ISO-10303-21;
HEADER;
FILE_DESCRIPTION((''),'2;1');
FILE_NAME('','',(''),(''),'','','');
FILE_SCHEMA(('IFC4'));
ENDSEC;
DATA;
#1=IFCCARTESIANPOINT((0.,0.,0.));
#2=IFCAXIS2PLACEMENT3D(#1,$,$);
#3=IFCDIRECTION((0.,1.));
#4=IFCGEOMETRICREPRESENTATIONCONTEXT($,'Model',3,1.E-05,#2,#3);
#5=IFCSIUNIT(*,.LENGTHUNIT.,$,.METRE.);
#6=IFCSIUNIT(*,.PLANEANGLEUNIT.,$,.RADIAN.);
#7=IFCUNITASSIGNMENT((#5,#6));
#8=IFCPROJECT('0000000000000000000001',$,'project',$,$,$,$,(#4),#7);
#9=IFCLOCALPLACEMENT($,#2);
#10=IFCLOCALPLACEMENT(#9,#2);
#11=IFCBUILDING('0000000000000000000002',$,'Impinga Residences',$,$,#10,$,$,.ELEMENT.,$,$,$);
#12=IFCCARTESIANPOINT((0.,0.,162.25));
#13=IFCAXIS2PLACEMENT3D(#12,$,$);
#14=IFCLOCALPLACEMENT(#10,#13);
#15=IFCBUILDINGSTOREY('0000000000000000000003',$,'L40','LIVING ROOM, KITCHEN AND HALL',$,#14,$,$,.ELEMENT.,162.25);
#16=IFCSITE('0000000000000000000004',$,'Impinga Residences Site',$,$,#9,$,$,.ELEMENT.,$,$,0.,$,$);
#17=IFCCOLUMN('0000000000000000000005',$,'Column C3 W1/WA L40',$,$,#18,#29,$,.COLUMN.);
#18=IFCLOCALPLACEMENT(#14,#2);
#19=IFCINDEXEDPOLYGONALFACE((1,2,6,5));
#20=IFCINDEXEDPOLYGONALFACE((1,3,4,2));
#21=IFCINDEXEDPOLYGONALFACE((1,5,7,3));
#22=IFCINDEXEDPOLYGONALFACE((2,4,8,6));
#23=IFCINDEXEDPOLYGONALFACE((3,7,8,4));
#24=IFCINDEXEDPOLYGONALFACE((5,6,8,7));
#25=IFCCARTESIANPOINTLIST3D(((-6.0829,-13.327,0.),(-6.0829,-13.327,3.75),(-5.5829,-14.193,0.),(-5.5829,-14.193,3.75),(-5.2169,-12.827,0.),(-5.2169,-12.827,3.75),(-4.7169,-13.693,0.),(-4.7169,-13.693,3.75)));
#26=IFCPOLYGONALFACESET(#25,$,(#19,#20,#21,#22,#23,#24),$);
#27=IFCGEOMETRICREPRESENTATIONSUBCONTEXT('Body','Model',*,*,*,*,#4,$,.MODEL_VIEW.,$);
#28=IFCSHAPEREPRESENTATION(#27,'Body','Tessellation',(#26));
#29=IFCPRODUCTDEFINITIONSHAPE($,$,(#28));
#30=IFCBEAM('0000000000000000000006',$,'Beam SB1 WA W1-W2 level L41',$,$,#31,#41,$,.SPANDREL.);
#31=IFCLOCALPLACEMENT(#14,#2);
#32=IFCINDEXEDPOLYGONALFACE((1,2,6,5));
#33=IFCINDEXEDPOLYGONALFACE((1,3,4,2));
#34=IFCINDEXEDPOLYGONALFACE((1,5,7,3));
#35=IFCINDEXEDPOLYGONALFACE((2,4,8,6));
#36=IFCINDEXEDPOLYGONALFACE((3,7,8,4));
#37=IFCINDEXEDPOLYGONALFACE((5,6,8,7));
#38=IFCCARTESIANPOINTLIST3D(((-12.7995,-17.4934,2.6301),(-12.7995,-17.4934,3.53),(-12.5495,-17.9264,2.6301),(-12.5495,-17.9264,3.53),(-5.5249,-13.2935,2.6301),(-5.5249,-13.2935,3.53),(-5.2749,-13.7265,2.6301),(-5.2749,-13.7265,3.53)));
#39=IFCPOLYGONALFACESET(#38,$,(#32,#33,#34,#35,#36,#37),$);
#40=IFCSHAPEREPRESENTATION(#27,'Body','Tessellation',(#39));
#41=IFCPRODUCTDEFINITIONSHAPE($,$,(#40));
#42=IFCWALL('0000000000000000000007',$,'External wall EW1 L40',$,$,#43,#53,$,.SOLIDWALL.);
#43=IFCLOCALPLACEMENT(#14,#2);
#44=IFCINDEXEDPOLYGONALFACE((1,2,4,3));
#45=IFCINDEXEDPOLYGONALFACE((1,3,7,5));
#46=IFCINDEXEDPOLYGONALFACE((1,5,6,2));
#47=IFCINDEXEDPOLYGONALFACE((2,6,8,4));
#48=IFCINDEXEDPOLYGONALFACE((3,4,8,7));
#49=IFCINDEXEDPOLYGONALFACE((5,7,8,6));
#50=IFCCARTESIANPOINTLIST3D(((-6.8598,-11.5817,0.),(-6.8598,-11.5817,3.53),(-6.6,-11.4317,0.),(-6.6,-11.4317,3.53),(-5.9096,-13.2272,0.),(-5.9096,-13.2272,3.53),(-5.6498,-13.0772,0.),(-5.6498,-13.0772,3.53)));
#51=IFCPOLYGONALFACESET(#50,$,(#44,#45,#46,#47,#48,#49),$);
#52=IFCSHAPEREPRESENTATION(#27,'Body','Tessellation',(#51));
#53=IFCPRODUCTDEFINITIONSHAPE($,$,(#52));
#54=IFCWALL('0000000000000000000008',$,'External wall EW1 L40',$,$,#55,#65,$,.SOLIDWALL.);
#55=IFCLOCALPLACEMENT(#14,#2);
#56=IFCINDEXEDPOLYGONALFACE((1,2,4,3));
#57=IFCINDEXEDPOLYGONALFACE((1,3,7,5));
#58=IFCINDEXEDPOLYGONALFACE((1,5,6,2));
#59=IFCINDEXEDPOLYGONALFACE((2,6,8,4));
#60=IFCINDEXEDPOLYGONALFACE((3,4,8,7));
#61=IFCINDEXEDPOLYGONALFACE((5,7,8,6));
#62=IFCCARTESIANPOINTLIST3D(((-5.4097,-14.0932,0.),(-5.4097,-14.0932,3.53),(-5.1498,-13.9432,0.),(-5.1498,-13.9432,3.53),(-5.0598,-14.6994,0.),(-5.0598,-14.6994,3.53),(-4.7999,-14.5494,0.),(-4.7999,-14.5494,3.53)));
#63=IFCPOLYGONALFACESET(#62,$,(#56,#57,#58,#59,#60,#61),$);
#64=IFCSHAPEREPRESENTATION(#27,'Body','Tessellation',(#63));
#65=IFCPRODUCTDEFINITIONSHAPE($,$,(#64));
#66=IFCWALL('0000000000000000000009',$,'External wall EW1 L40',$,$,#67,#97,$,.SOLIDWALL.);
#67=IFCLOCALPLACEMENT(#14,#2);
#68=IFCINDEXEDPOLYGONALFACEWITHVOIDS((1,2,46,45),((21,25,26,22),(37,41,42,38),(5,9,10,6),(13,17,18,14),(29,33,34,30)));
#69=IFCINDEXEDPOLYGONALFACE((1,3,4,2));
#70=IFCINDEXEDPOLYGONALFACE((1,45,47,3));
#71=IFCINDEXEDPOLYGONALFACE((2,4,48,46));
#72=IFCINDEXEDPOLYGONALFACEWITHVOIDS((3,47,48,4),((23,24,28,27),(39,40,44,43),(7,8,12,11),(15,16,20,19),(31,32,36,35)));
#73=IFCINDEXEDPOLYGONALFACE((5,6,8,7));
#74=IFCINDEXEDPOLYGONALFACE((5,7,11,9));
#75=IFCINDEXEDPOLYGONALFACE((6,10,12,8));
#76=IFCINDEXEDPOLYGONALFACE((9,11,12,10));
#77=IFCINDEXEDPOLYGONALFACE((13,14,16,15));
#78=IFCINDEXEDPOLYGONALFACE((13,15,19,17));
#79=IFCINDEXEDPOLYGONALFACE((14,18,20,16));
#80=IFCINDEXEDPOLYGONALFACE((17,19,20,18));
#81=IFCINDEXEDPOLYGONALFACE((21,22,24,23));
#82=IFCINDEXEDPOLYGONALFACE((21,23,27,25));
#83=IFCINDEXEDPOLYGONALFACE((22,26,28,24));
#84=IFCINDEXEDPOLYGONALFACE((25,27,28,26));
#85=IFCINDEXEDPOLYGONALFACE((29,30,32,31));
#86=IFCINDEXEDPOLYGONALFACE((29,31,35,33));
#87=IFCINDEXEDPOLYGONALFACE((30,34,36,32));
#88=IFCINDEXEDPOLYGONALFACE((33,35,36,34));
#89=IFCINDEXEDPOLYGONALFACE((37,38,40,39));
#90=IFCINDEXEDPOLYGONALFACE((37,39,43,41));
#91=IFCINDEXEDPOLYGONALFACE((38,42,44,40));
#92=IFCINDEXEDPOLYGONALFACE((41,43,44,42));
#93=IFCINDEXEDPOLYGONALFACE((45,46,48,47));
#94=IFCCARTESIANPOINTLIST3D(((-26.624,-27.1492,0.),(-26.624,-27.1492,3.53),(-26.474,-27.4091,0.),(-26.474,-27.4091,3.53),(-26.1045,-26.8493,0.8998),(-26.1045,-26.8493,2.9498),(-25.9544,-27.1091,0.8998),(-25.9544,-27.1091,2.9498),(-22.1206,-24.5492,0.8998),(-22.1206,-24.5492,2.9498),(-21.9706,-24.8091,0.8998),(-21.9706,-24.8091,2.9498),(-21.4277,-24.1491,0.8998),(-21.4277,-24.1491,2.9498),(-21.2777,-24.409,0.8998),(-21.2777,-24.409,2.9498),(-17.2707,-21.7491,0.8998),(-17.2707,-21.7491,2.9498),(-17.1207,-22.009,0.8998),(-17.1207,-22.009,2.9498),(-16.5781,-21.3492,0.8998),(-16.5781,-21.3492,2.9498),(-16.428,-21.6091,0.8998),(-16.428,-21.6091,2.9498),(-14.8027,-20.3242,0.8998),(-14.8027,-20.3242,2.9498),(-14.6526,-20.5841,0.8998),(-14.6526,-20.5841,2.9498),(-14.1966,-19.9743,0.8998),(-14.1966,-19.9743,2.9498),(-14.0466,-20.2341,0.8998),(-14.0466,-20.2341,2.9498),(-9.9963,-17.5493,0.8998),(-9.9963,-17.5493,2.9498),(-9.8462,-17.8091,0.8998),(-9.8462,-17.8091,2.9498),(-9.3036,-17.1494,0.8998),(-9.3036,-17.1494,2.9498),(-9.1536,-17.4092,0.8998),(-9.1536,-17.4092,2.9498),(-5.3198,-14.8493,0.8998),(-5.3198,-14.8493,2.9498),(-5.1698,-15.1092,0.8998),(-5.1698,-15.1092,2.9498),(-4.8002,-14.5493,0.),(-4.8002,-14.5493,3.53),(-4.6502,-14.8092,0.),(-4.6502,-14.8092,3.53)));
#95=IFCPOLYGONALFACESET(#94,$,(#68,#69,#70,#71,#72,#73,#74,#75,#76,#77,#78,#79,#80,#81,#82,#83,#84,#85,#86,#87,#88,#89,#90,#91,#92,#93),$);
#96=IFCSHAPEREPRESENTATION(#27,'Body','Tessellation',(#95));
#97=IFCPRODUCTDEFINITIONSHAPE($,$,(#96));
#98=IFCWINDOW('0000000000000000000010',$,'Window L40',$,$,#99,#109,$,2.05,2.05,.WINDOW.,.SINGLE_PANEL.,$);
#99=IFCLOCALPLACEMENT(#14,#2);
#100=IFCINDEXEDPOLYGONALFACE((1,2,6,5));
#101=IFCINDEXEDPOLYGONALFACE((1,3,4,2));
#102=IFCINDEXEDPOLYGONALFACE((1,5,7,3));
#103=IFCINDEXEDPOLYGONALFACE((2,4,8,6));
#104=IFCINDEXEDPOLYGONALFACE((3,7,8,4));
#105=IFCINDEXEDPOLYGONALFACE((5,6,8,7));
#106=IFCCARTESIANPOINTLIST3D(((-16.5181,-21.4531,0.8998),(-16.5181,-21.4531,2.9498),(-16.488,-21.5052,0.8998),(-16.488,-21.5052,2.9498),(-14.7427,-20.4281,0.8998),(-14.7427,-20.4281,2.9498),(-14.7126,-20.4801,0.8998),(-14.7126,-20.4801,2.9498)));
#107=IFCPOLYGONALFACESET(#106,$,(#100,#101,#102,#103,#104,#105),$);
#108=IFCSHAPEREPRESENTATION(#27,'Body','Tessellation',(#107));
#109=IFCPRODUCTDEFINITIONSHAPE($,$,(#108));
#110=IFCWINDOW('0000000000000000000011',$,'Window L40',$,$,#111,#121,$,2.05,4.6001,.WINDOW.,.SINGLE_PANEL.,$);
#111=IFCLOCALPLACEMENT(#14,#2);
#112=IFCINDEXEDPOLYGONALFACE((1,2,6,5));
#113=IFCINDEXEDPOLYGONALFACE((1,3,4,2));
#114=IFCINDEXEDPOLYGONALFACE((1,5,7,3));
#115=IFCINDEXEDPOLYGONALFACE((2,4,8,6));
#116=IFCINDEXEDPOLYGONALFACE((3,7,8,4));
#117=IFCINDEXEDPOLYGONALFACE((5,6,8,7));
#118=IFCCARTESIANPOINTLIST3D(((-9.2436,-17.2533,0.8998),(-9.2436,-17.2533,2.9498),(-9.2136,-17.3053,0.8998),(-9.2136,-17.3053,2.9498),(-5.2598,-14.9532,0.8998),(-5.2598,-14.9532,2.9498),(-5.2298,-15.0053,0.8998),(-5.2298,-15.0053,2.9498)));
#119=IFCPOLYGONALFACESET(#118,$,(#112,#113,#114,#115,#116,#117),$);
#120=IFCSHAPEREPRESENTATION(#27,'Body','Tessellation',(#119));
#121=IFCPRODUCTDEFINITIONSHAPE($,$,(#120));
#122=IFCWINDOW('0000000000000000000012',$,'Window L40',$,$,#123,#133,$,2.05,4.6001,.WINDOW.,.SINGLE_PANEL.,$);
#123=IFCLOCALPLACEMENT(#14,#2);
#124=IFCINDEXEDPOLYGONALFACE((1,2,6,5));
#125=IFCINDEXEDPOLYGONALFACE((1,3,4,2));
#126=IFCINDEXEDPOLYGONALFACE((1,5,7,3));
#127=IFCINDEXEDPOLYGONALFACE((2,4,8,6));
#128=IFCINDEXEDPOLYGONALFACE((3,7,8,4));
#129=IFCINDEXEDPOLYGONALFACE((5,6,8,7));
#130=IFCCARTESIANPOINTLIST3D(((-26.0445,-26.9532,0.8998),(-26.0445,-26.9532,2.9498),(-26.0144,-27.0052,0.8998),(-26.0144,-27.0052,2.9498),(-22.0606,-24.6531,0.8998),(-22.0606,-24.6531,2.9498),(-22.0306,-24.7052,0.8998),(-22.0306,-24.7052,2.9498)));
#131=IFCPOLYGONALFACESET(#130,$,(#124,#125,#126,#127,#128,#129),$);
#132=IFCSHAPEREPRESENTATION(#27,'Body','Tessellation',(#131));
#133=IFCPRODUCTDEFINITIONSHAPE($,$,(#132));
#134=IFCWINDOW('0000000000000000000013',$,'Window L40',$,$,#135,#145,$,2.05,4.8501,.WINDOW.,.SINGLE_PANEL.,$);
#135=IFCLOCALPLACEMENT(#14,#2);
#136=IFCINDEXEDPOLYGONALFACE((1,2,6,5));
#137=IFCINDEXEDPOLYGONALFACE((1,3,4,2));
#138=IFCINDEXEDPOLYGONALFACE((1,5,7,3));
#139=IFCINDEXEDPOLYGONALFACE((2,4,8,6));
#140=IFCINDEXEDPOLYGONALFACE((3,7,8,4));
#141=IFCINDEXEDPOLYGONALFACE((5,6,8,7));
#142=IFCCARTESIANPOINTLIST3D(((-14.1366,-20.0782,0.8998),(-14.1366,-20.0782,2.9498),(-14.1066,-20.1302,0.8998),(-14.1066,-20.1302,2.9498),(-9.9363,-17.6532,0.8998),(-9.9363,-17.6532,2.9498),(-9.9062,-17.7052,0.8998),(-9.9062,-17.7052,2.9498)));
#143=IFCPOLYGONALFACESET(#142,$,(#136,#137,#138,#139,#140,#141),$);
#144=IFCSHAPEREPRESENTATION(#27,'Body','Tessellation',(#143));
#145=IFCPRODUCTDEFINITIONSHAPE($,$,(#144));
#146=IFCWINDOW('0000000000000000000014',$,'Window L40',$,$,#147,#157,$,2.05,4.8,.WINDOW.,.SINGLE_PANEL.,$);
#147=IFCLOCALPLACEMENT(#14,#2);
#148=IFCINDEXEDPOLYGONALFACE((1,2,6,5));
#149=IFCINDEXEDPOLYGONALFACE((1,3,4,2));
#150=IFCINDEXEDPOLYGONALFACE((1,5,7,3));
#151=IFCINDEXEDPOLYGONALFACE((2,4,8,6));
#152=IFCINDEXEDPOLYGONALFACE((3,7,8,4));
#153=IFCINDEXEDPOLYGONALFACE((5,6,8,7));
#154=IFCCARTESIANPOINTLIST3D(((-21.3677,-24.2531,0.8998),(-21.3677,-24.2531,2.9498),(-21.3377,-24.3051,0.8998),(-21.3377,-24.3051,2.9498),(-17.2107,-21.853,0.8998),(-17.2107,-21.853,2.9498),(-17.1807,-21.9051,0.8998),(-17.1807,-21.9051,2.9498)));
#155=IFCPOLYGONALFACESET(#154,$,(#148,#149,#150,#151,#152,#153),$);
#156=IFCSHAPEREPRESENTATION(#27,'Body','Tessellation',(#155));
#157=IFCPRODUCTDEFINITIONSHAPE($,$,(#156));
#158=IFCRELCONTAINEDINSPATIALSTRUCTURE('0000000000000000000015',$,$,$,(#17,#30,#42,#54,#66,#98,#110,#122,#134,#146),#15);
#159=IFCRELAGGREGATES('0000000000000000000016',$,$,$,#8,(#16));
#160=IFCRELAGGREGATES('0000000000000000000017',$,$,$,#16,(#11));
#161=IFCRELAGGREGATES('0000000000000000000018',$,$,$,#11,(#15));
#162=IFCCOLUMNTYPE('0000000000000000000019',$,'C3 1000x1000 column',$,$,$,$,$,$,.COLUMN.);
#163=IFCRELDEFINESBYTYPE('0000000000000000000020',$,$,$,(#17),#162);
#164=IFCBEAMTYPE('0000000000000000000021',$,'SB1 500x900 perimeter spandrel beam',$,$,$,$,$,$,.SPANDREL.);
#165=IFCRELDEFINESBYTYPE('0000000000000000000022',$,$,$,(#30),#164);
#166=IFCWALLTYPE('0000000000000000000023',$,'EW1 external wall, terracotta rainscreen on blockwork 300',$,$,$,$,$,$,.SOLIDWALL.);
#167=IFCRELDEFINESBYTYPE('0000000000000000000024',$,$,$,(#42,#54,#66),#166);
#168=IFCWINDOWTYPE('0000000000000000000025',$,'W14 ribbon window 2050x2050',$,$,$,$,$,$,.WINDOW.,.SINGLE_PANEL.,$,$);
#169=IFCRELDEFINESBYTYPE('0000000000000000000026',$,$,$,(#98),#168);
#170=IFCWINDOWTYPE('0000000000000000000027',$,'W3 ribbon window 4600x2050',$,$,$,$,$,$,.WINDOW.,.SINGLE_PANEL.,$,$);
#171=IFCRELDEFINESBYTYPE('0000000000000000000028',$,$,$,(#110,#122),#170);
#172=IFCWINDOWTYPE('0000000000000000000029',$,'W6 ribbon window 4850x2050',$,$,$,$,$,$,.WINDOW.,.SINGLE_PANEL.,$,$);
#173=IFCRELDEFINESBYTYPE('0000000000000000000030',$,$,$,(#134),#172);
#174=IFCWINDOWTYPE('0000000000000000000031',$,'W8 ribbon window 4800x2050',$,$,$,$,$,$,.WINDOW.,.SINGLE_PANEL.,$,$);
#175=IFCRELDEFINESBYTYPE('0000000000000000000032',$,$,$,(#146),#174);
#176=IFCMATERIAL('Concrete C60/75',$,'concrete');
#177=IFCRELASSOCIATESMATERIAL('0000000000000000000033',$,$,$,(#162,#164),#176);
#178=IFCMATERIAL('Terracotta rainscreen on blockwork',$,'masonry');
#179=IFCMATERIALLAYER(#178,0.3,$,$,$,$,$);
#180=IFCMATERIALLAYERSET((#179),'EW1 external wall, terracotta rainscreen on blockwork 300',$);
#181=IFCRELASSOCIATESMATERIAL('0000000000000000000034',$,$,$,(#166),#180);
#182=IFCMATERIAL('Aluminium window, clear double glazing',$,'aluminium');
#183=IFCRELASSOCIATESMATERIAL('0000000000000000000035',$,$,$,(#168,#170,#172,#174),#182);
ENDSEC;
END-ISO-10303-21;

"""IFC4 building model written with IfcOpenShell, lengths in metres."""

from ifc_helpers import new_model, si_unit, direction, frame, frame_2d, origin, origin_2d, place, context, subcontext, project, spatial, rectangle, extrude, material, layer, layer_set, material_profile, profile_set, type_object, element, fill, save


model = new_model("IFC4")

# Units and contexts
model_context = context("Model", 3, precision=1e-05, world=origin(), true_north=direction((0.0, 1.0)))
body_context = subcontext(model_context, "Body", "Model", "MODEL_VIEW")
ifc_project = project(units=[si_unit("LENGTHUNIT", "METRE"), si_unit("PLANEANGLEUNIT", "RADIAN")], contexts=[model_context])

# Site, building, storey
site_placement = place(None, origin())
site = spatial("IfcSite", under=ifc_project, at=site_placement, Name="Impinga Residences Site", CompositionType="ELEMENT", RefElevation=0.0)
building_placement = place(site_placement, origin())
building = spatial("IfcBuilding", under=site, at=building_placement, Name="Impinga Residences", CompositionType="ELEMENT")
storey_placement = place(building_placement, frame((0.0, 0.0, 162.25)))
storey = spatial("IfcBuildingStorey", under=building, at=storey_placement, Name="L40", Description="LIVING ROOM, KITCHEN AND HALL", CompositionType="ELEMENT", Elevation=162.25)

# Column
ifc_material_1 = material(Name="Concrete C60/75", Category="concrete")
ifc_material_profile_1 = material_profile(ifc_material_1, rectangle(XDim=1.0, YDim=1.0, at=origin_2d()), Name="RC 1000x1000")
ifc_profile_set_1 = profile_set([ifc_material_profile_1], Name="Concrete C60/75")
column_type = type_object("IfcColumnType", Name="C3 1000x1000 column", PredefinedType="COLUMN", material=ifc_profile_set_1)
column_placement = place(storey_placement, frame((-5.3999, -13.51, 0.0), z_axis=(0.0, 0.0, 1.0), x_axis=(-0.5, 0.866025, 0.0)))
element("IfcColumn", 1, at=column_placement, inside=storey, type_object=column_type, Name="Column C3 W1/WA L40", PredefinedType="COLUMN", context=body_context, shape_type="SweptSolid", body=[
    extrude(rectangle(XDim=1.0, YDim=1.0, at=origin_2d()), origin(), (0.0, 0.0, 1.0), 3.75),
])

# Beam
ifc_material_profile_2 = material_profile(ifc_material_1, rectangle(XDim=0.5, YDim=0.8999, at=origin_2d()), Name="RC 500x900")
ifc_profile_set_2 = profile_set([ifc_material_profile_2], Name="Concrete C60/75")
beam_type = type_object("IfcBeamType", Name="SB1 500x900 perimeter spandrel beam", PredefinedType="SPANDREL", material=ifc_profile_set_2)
beam_placement = place(storey_placement, frame((-5.3999, -13.51, 3.0801), z_axis=(-0.866029, -0.499993, 0.0), x_axis=(0.499993, -0.866029, 0.0)))
element("IfcBeam", 2, at=beam_placement, inside=storey, type_object=beam_type, Name="Beam SB1 WA W1-W2 level L41", PredefinedType="SPANDREL", context=body_context, shape_type="SweptSolid", body=[
    extrude(rectangle(XDim=0.5, YDim=0.8999, at=origin_2d()), origin(), (0.0, 0.0, 1.0), 8.3999),
])

# Walls
ifc_material_2 = material(Name="Terracotta rainscreen on blockwork", Category="masonry")
ifc_layer_1 = layer(ifc_material_2, 0.3)
ifc_layer_set_1 = layer_set([ifc_layer_1], Name="EW1 external wall, terracotta rainscreen on blockwork 300")
wall_type_1 = type_object("IfcWallType", Name="EW1 external wall, terracotta rainscreen on blockwork 300", PredefinedType="SOLIDWALL", material=ifc_layer_set_1)
wall_1_placement = place(storey_placement, frame((-6.73, -11.5066, 0.0), z_axis=(0.0, 0.0, 1.0), x_axis=(0.500064, -0.865989, 0.0)))
element("IfcWall", 3, at=wall_1_placement, inside=storey, type_object=wall_type_1, Name="External wall EW1 L40", PredefinedType="SOLIDWALL", context=body_context, shape_type="SweptSolid", body=[
    extrude(rectangle(XDim=1.9001, YDim=0.3, at=frame_2d((0.9502, 0.0))), origin(), (0.0, 0.0, 1.0), 3.53),
])
wall_2_placement = place(storey_placement, frame((-5.2798, -14.0181, 0.0), z_axis=(0.0, 0.0, 1.0), x_axis=(0.499853, -0.86611, 0.0)))
element("IfcWall", 4, at=wall_2_placement, inside=storey, type_object=wall_type_1, Name="External wall EW1 L40", PredefinedType="SOLIDWALL", context=body_context, shape_type="SweptSolid", body=[
    extrude(rectangle(XDim=0.7, YDim=0.3, at=frame_2d((0.3501, 0.0))), origin(), (0.0, 0.0, 1.0), 3.53),
])

# Wall, openings, windows
wall_3_placement = place(storey_placement, frame((-4.7251, -14.6792, 0.0), z_axis=(0.0, 0.0, 1.0), x_axis=(-0.866027, -0.499998, 0.0)))
wall_3 = element("IfcWall", 5, at=wall_3_placement, inside=storey, type_object=wall_type_1, Name="External wall EW1 L40", PredefinedType="SOLIDWALL", context=body_context, shape_type="SweptSolid", body=[
    extrude(rectangle(XDim=25.2, YDim=0.3, at=frame_2d((12.6001, 0.0))), origin(), (0.0, 0.0, 1.0), 3.53),
])
opening_1_placement = place(wall_3_placement, frame((0.6001, 0.0, 0.8999)))
opening_1 = element("IfcOpeningElement", 6, at=opening_1_placement, cuts=wall_3, PredefinedType="OPENING", context=body_context, shape_type="SweptSolid", body=[
    extrude(rectangle(XDim=4.6001, YDim=2.05, at=frame_2d((2.3, 1.0249))), frame((0.0, 0.1599, 0.0), z_axis=(0.0, -1.0, 0.0), x_axis=(1.0, 0.0, 0.0)), (0.0, 0.0, 1.0), 0.3201),
])
opening_2_placement = place(wall_3_placement, frame((6.0, 0.0, 0.8999)))
opening_2 = element("IfcOpeningElement", 7, at=opening_2_placement, cuts=wall_3, PredefinedType="OPENING", context=body_context, shape_type="SweptSolid", body=[
    extrude(rectangle(XDim=4.8501, YDim=2.05, at=frame_2d((2.425, 1.0249))), frame((0.0, 0.1599, 0.0), z_axis=(0.0, -1.0, 0.0), x_axis=(1.0, 0.0, 0.0)), (0.0, 0.0, 1.0), 0.3201),
])
opening_3_placement = place(wall_3_placement, frame((11.55, 0.0, 0.8999)))
opening_3 = element("IfcOpeningElement", 8, at=opening_3_placement, cuts=wall_3, PredefinedType="OPENING", context=body_context, shape_type="SweptSolid", body=[
    extrude(rectangle(XDim=2.05, YDim=2.05, at=frame_2d((1.0249, 1.0249))), frame((0.0, 0.1599, 0.0), z_axis=(0.0, -1.0, 0.0), x_axis=(1.0, 0.0, 0.0)), (0.0, 0.0, 1.0), 0.3201),
])
opening_4_placement = place(wall_3_placement, frame((14.3999, 0.0, 0.8999)))
opening_4 = element("IfcOpeningElement", 9, at=opening_4_placement, cuts=wall_3, PredefinedType="OPENING", context=body_context, shape_type="SweptSolid", body=[
    extrude(rectangle(XDim=4.8, YDim=2.05, at=frame_2d((2.3999, 1.0249))), frame((0.0, 0.1599, 0.0), z_axis=(0.0, -1.0, 0.0), x_axis=(1.0, 0.0, 0.0)), (0.0, 0.0, 1.0), 0.3201),
])
opening_5_placement = place(wall_3_placement, frame((20.0, 0.0, 0.8999)))
opening_5 = element("IfcOpeningElement", 10, at=opening_5_placement, cuts=wall_3, PredefinedType="OPENING", context=body_context, shape_type="SweptSolid", body=[
    extrude(rectangle(XDim=4.6001, YDim=2.05, at=frame_2d((2.3, 1.0249))), frame((0.0, 0.1599, 0.0), z_axis=(0.0, -1.0, 0.0), x_axis=(1.0, 0.0, 0.0)), (0.0, 0.0, 1.0), 0.3201),
])
ifc_material_3 = material(Name="Aluminium window, clear double glazing", Category="aluminium")
window_type_1 = type_object("IfcWindowType", Name="W14 ribbon window 2050x2050", PartitioningType="SINGLE_PANEL", PredefinedType="WINDOW", material=ifc_material_3)
window_1_placement = place(opening_3_placement, origin())
window_1 = element("IfcWindow", 11, at=window_1_placement, inside=storey, type_object=window_type_1, Name="Window L40", OverallHeight=2.05, OverallWidth=2.05, PartitioningType="SINGLE_PANEL", PredefinedType="WINDOW", context=body_context, shape_type="SweptSolid", body=[
    extrude(rectangle(XDim=2.05, YDim=2.05, at=frame_2d((1.0249, 1.0249))), frame((0.0, 0.03, 0.0), z_axis=(0.0, -1.0, 0.0), x_axis=(1.0, 0.0, 0.0)), (0.0, 0.0, 1.0), 0.0601),
])
fill(opening_3, window_1)
window_type_2 = type_object("IfcWindowType", Name="W3 ribbon window 4600x2050", PartitioningType="SINGLE_PANEL", PredefinedType="WINDOW", material=ifc_material_3)
window_2_placement = place(opening_1_placement, origin())
window_2 = element("IfcWindow", 12, at=window_2_placement, inside=storey, type_object=window_type_2, Name="Window L40", OverallHeight=2.05, OverallWidth=4.6001, PartitioningType="SINGLE_PANEL", PredefinedType="WINDOW", context=body_context, shape_type="SweptSolid", body=[
    extrude(rectangle(XDim=4.6001, YDim=2.05, at=frame_2d((2.3, 1.0249))), frame((0.0, 0.03, 0.0), z_axis=(0.0, -1.0, 0.0), x_axis=(1.0, 0.0, 0.0)), (0.0, 0.0, 1.0), 0.0601),
])
fill(opening_1, window_2)
window_3_placement = place(opening_5_placement, origin())
window_3 = element("IfcWindow", 13, at=window_3_placement, inside=storey, type_object=window_type_2, Name="Window L40", OverallHeight=2.05, OverallWidth=4.6001, PartitioningType="SINGLE_PANEL", PredefinedType="WINDOW", context=body_context, shape_type="SweptSolid", body=[
    extrude(rectangle(XDim=4.6001, YDim=2.05, at=frame_2d((2.3, 1.0249))), frame((0.0, 0.03, 0.0), z_axis=(0.0, -1.0, 0.0), x_axis=(1.0, 0.0, 0.0)), (0.0, 0.0, 1.0), 0.0601),
])
fill(opening_5, window_3)
window_type_3 = type_object("IfcWindowType", Name="W6 ribbon window 4850x2050", PartitioningType="SINGLE_PANEL", PredefinedType="WINDOW", material=ifc_material_3)
window_4_placement = place(opening_2_placement, origin())
window_4 = element("IfcWindow", 14, at=window_4_placement, inside=storey, type_object=window_type_3, Name="Window L40", OverallHeight=2.05, OverallWidth=4.8501, PartitioningType="SINGLE_PANEL", PredefinedType="WINDOW", context=body_context, shape_type="SweptSolid", body=[
    extrude(rectangle(XDim=4.8501, YDim=2.05, at=frame_2d((2.425, 1.0249))), frame((0.0, 0.03, 0.0), z_axis=(0.0, -1.0, 0.0), x_axis=(1.0, 0.0, 0.0)), (0.0, 0.0, 1.0), 0.0601),
])
fill(opening_2, window_4)
window_type_4 = type_object("IfcWindowType", Name="W8 ribbon window 4800x2050", PartitioningType="SINGLE_PANEL", PredefinedType="WINDOW", material=ifc_material_3)
window_5_placement = place(opening_4_placement, origin())
window_5 = element("IfcWindow", 15, at=window_5_placement, inside=storey, type_object=window_type_4, Name="Window L40", OverallHeight=2.05, OverallWidth=4.8, PartitioningType="SINGLE_PANEL", PredefinedType="WINDOW", context=body_context, shape_type="SweptSolid", body=[
    extrude(rectangle(XDim=4.8, YDim=2.05, at=frame_2d((2.3999, 1.0249))), frame((0.0, 0.03, 0.0), z_axis=(0.0, -1.0, 0.0), x_axis=(1.0, 0.0, 0.0)), (0.0, 0.0, 1.0), 0.0601),
])
fill(opening_4, window_5)

save(model, "model.ifc")
